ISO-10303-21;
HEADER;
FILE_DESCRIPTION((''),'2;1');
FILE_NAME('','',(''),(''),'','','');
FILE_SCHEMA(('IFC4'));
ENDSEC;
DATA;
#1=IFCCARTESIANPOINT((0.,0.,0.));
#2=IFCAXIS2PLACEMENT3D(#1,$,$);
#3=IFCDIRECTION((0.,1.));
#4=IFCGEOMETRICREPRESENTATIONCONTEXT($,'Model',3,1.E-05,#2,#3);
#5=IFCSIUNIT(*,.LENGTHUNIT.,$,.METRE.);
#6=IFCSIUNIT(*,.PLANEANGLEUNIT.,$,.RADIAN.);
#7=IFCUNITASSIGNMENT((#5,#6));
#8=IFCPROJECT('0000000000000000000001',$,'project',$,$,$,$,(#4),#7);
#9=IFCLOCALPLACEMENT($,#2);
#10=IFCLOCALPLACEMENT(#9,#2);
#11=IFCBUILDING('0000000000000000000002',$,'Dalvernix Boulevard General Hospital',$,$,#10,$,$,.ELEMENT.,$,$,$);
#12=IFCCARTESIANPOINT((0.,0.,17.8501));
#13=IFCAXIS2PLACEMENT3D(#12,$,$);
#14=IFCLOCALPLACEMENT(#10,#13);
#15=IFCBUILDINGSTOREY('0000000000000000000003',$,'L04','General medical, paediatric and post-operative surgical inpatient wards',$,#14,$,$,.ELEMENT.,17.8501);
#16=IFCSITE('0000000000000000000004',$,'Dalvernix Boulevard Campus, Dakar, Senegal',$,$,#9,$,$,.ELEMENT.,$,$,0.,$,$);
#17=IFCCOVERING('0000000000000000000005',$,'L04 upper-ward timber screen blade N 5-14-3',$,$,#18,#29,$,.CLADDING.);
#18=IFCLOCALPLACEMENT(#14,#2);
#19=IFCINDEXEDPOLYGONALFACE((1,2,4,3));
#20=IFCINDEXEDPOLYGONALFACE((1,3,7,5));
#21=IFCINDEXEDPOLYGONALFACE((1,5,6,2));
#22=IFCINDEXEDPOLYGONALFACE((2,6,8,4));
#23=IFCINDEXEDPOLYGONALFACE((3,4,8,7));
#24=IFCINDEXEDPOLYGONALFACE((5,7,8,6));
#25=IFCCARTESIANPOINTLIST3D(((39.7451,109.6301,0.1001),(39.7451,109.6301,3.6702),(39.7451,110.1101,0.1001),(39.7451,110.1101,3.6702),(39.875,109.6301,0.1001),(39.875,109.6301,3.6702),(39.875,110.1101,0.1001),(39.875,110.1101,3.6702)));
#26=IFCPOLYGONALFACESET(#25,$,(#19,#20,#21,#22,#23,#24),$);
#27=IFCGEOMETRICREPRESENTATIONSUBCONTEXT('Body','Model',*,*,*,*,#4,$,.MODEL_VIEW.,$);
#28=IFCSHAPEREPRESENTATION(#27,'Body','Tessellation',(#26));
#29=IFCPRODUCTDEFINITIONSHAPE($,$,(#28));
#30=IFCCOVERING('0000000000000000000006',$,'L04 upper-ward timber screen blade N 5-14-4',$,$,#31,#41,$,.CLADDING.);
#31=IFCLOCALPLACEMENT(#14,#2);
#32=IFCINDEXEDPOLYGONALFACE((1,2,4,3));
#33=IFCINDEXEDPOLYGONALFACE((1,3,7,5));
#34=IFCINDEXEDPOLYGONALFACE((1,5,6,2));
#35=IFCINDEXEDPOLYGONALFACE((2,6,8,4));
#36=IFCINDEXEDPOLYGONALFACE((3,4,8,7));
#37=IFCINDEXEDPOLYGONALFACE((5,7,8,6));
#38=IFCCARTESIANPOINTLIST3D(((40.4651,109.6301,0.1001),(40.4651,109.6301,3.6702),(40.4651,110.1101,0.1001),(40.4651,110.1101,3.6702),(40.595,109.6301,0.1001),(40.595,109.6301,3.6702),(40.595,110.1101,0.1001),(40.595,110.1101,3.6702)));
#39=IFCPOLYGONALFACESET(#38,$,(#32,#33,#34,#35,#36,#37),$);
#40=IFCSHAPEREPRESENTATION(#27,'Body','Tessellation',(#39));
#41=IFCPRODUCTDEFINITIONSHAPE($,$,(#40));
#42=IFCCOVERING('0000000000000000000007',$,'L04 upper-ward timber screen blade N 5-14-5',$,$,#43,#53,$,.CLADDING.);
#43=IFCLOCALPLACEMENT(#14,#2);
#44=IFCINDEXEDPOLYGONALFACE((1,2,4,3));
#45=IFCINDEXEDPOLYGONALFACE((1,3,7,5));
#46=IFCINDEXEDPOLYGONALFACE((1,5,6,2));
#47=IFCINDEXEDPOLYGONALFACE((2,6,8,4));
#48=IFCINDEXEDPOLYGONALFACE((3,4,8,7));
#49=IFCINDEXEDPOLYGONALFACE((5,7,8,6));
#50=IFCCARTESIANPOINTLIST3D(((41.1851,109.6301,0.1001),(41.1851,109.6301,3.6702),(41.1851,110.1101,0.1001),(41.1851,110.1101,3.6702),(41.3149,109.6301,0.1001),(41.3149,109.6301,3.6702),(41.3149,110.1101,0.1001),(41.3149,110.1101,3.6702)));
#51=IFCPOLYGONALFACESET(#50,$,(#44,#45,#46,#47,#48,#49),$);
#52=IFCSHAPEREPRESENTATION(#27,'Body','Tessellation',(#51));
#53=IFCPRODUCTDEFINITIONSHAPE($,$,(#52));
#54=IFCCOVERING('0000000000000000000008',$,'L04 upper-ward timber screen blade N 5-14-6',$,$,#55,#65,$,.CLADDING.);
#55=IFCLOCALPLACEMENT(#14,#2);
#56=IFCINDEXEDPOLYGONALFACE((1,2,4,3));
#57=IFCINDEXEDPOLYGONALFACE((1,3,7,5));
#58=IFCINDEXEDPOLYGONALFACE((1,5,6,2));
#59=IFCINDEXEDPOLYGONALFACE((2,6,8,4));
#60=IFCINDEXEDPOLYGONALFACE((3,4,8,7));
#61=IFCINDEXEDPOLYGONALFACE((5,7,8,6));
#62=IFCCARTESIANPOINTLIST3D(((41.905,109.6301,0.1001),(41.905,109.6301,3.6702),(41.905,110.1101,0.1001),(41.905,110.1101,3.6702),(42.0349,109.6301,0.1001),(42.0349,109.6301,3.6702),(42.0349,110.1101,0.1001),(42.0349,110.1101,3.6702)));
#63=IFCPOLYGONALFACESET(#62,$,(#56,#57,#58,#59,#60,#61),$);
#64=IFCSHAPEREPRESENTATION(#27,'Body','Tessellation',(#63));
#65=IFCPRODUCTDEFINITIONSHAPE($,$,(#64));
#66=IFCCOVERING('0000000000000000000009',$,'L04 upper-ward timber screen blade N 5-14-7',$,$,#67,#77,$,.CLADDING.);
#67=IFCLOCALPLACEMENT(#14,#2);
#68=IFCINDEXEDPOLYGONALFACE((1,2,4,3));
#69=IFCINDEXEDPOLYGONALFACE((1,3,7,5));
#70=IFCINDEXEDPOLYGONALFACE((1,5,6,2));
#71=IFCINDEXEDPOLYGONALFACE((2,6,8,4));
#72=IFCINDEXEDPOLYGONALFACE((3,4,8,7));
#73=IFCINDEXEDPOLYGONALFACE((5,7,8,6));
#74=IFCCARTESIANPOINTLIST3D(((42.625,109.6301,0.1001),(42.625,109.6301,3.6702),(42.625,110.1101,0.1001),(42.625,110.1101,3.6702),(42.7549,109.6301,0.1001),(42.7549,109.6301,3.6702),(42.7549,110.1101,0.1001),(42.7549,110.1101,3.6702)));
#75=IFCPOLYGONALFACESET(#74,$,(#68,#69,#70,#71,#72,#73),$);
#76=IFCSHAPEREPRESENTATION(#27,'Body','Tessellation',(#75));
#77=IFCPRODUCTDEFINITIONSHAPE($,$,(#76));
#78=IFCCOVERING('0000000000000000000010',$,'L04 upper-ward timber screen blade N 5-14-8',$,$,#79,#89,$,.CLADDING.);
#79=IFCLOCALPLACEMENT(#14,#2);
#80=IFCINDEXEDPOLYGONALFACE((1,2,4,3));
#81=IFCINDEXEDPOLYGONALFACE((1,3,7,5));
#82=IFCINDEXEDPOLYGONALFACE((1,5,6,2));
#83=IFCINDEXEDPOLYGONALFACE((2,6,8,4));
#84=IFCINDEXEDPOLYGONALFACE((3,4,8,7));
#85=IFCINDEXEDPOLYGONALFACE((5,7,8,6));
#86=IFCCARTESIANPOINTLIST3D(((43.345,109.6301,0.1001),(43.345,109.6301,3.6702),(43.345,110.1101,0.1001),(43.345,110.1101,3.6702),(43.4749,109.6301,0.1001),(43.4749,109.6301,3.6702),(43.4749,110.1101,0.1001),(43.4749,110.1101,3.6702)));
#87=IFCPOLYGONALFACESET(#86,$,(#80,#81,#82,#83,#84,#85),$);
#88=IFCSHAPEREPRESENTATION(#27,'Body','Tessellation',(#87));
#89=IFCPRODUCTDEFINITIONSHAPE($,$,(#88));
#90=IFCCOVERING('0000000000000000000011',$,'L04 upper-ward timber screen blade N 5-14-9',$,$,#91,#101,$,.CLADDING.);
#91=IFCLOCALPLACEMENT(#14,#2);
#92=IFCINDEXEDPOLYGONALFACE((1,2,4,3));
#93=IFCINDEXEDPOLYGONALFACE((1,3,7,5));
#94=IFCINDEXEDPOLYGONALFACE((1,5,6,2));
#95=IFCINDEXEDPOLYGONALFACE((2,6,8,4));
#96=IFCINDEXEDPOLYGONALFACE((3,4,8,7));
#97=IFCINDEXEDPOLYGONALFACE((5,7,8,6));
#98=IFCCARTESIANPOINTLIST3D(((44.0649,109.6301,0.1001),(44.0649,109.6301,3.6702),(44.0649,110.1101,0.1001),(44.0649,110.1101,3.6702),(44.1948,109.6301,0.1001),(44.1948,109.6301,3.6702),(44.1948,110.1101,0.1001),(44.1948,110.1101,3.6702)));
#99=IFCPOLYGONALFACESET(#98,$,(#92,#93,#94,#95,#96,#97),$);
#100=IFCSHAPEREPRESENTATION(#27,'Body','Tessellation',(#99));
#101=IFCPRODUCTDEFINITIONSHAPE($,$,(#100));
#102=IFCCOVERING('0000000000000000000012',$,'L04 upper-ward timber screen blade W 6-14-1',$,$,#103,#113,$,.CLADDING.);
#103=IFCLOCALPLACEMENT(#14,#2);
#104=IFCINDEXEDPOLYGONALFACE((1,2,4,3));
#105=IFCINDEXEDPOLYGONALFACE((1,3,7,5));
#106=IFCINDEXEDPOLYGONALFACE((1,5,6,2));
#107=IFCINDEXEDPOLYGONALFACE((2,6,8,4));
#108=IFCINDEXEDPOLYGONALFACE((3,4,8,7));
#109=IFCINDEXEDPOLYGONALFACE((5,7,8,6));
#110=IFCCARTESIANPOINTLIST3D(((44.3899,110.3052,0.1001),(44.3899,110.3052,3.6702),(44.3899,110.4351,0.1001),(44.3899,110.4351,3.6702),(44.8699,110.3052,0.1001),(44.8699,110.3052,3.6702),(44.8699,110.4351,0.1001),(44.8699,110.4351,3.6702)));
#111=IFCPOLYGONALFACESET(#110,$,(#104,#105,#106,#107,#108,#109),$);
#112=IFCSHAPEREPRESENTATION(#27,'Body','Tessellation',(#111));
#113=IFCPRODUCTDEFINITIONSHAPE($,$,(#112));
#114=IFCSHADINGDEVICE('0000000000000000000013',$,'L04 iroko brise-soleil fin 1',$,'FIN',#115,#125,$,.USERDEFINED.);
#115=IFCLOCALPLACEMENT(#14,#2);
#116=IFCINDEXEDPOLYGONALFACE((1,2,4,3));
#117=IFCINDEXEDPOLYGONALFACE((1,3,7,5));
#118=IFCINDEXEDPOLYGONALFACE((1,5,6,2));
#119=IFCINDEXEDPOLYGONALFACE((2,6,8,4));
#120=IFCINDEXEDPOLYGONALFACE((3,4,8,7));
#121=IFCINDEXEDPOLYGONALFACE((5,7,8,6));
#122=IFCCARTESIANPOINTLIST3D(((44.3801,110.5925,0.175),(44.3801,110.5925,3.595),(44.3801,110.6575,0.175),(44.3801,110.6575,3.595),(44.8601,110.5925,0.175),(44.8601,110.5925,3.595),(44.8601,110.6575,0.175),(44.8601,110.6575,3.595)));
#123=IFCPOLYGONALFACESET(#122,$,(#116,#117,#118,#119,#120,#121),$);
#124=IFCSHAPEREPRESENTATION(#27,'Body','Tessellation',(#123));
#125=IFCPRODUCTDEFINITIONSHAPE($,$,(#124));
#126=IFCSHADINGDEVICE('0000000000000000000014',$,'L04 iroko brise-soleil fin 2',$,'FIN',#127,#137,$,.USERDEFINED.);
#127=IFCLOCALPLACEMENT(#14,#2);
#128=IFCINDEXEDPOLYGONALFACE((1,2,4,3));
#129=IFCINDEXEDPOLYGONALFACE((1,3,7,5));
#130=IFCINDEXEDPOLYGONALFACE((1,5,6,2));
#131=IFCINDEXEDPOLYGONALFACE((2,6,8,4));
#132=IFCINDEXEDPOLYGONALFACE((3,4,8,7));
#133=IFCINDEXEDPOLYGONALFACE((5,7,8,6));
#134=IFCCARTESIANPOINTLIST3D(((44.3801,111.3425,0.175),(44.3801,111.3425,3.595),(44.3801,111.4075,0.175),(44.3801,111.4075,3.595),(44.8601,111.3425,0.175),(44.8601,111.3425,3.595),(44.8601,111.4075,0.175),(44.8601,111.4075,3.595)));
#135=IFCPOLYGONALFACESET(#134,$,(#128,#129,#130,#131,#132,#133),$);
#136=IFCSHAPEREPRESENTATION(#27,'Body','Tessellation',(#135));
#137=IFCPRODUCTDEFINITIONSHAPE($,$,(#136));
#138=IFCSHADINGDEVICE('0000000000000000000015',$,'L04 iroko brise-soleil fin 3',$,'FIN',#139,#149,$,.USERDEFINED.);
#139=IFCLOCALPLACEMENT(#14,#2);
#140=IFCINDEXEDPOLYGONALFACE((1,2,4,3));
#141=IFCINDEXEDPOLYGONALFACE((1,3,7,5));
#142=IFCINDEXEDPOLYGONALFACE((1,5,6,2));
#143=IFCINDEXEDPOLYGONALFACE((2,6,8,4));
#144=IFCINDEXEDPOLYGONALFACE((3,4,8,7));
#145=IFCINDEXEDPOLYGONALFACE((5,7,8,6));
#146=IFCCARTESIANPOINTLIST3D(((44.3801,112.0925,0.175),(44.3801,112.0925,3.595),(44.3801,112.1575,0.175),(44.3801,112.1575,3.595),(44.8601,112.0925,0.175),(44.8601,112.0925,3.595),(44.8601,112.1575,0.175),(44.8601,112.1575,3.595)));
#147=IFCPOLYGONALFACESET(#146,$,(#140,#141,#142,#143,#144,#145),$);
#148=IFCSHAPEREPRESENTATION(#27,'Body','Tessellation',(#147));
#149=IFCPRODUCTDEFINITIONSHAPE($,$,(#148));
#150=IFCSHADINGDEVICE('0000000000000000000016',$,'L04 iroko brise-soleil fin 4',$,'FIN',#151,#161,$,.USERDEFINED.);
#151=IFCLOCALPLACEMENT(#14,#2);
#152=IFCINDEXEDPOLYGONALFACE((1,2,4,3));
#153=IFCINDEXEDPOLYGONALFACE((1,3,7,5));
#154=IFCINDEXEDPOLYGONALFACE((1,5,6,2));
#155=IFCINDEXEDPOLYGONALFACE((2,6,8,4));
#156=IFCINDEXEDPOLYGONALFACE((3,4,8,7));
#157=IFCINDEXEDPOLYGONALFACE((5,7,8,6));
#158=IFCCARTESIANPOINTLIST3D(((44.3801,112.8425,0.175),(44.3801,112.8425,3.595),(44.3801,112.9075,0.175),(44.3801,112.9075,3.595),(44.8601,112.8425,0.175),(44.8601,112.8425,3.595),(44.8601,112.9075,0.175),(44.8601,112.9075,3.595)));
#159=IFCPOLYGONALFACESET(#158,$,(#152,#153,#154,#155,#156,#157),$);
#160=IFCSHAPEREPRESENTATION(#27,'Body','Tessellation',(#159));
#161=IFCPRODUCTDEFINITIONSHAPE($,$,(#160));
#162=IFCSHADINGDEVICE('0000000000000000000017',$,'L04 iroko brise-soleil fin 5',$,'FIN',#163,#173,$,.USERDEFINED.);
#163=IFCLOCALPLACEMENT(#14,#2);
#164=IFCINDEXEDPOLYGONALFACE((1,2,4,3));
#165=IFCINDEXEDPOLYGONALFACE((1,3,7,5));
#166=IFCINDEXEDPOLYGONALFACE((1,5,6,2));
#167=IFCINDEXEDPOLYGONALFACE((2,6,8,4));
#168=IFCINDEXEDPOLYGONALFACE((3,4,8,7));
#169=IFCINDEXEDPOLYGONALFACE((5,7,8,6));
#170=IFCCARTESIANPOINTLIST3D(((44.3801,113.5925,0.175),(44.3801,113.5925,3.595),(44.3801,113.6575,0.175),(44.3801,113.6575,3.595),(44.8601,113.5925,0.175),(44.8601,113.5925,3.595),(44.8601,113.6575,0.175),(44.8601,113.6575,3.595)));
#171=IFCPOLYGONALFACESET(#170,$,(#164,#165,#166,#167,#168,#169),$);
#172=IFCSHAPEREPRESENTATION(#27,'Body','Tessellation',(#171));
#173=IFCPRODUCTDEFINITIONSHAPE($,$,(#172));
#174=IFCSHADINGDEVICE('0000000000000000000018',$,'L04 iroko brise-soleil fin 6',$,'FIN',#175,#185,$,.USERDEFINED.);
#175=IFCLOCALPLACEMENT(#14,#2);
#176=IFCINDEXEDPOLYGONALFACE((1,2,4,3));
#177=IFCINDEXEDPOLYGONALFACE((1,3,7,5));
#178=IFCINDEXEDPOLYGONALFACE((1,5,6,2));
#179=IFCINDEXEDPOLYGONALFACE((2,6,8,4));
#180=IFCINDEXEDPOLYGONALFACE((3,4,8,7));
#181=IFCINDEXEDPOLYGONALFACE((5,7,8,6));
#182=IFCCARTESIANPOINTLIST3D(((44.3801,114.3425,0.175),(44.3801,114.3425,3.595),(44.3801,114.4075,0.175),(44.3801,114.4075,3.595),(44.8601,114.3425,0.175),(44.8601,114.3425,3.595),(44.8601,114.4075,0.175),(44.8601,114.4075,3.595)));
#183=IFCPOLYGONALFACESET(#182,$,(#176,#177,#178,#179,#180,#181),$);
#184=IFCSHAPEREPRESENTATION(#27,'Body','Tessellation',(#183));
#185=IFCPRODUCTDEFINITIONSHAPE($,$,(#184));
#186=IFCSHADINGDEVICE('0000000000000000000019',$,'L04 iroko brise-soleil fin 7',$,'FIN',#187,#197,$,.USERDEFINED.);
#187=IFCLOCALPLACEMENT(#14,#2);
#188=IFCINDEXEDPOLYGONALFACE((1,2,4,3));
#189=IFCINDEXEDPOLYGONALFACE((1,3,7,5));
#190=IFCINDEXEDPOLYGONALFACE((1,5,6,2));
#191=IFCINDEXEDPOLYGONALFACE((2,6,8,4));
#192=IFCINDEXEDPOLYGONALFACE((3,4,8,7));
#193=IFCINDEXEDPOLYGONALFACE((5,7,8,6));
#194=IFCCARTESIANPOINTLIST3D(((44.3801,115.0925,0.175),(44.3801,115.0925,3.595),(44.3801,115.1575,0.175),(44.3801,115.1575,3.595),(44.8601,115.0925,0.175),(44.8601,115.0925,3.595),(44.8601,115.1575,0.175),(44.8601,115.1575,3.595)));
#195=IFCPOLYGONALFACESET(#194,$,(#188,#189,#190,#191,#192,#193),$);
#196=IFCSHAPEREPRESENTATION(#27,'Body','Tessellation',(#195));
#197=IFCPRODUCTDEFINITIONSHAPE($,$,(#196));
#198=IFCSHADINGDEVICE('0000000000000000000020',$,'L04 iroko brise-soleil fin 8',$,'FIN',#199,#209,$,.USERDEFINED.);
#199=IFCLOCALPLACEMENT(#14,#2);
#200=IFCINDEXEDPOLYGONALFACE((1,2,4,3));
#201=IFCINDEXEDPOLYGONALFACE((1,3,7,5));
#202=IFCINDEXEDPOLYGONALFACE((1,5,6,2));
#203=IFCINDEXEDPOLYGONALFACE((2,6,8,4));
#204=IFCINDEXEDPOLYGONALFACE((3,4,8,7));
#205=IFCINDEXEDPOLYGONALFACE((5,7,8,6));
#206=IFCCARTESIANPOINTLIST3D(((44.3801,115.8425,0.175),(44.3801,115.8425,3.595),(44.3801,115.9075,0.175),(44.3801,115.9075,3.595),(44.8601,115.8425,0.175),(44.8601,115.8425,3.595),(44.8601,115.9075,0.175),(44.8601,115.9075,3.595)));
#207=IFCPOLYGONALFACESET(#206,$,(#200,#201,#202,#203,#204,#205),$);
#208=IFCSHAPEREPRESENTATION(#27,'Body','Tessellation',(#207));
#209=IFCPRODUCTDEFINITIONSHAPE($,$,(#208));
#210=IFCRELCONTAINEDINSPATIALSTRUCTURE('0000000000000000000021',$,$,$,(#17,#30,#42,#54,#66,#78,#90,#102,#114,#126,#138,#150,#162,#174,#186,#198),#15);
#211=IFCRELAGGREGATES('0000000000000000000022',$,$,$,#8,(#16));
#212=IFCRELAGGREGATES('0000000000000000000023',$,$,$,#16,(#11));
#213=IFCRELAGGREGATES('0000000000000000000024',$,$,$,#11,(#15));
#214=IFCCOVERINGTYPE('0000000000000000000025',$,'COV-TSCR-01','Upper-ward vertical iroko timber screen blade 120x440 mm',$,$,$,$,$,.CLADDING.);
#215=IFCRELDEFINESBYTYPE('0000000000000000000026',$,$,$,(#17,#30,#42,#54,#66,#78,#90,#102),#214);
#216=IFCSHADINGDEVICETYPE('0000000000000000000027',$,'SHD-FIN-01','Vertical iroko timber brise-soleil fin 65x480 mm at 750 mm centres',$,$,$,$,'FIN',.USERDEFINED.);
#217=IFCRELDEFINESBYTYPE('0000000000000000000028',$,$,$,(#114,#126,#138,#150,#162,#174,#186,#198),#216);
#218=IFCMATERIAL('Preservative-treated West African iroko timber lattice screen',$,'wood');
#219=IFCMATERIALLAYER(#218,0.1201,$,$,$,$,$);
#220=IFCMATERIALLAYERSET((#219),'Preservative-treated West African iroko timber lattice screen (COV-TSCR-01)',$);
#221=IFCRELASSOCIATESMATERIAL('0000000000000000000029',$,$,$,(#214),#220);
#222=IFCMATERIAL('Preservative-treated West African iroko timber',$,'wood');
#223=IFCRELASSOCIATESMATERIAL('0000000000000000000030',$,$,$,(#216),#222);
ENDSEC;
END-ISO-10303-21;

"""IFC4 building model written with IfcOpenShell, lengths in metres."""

from ifc_helpers import new_model, si_unit, direction, frame, origin, origin_2d, place, context, subcontext, project, spatial, rectangle, extrude, material, layer, layer_set, type_object, element, save


model = new_model("IFC4")

# Units and contexts
model_context = context("Model", 3, precision=1e-05, world=origin(), true_north=direction((0.0, 1.0)))
body_context = subcontext(model_context, "Body", "Model", "MODEL_VIEW")
ifc_project = project(units=[si_unit("LENGTHUNIT", "METRE"), si_unit("PLANEANGLEUNIT", "RADIAN")], contexts=[model_context])

# Site, building, storey
site_placement = place(None, origin())
site = spatial("IfcSite", under=ifc_project, at=site_placement, Name="Dalvernix Boulevard Campus, Dakar, Senegal", CompositionType="ELEMENT", RefElevation=0.0)
building_placement = place(site_placement, origin())
building = spatial("IfcBuilding", under=site, at=building_placement, Name="Dalvernix Boulevard General Hospital", CompositionType="ELEMENT")
storey_placement = place(building_placement, frame((0.0, 0.0, 17.8501)))
storey = spatial("IfcBuildingStorey", under=building, at=storey_placement, Name="L04", Description="General medical, paediatric and post-operative surgical inpatient wards", CompositionType="ELEMENT", Elevation=17.8501)

# Coverings
ifc_material_1 = material(Name="Preservative-treated West African iroko timber lattice screen", Category="wood")
ifc_layer_1 = layer(ifc_material_1, 0.1201)
ifc_layer_set_1 = layer_set([ifc_layer_1], Name="Preservative-treated West African iroko timber lattice screen (COV-TSCR-01)")
covering_type_1 = type_object("IfcCoveringType", Name="COV-TSCR-01", Description="Upper-ward vertical iroko timber screen blade 120x440 mm", PredefinedType="CLADDING", material=ifc_layer_set_1)
for number, where, z_axis, x_axis, name in (
    (1, (39.8101, 109.8701, 0.1001), (0.0, 0.0, 1.0), (1.0, 0.0, 0.0), "L04 upper-ward timber screen blade N 5-14-3"),
    (2, (40.53, 109.8701, 0.1001), (0.0, 0.0, 1.0), (1.0, 0.0, 0.0), "L04 upper-ward timber screen blade N 5-14-4"),
    (3, (41.25, 109.8701, 0.1001), (0.0, 0.0, 1.0), (1.0, 0.0, 0.0), "L04 upper-ward timber screen blade N 5-14-5"),
    (4, (41.97, 109.8701, 0.1001), (0.0, 0.0, 1.0), (1.0, 0.0, 0.0), "L04 upper-ward timber screen blade N 5-14-6"),
    (5, (42.6899, 109.8701, 0.1001), (0.0, 0.0, 1.0), (1.0, 0.0, 0.0), "L04 upper-ward timber screen blade N 5-14-7"),
    (6, (43.4099, 109.8701, 0.1001), (0.0, 0.0, 1.0), (1.0, 0.0, 0.0), "L04 upper-ward timber screen blade N 5-14-8"),
    (7, (44.1299, 109.8701, 0.1001), (0.0, 0.0, 1.0), (1.0, 0.0, 0.0), "L04 upper-ward timber screen blade N 5-14-9"),
    (8, (44.6299, 110.3701, 0.1001), (0.0, 0.0, 1.0), (0.0, 1.0, 0.0), "L04 upper-ward timber screen blade W 6-14-1"),
):
    element("IfcCovering", number, at=place(storey_placement, frame(where, z_axis=z_axis, x_axis=x_axis)), inside=storey, type_object=covering_type_1, Name=name, PredefinedType="CLADDING", context=body_context, shape_type="SweptSolid", body=[
        extrude(rectangle(XDim=0.1299, YDim=0.48, at=origin_2d()), origin(), (0.0, 0.0, 1.0), 3.5701),
    ])

# Shading devices
ifc_material_2 = material(Name="Preservative-treated West African iroko timber", Category="wood")
shading_device_type = type_object("IfcShadingDeviceType", Name="SHD-FIN-01", Description="Vertical iroko timber brise-soleil fin 65x480 mm at 750 mm centres", ElementType="FIN", PredefinedType="USERDEFINED", material=ifc_material_2)
for number, where, z_axis, x_axis, name in (
    (9, (44.6201, 110.625, 0.175), (0.0, 0.0, 1.0), (0.0, 1.0, 0.0), "L04 iroko brise-soleil fin 1"),
    (10, (44.6201, 111.375, 0.175), (0.0, 0.0, 1.0), (0.0, 1.0, 0.0), "L04 iroko brise-soleil fin 2"),
    (11, (44.6201, 112.125, 0.175), (0.0, 0.0, 1.0), (0.0, 1.0, 0.0), "L04 iroko brise-soleil fin 3"),
    (12, (44.6201, 112.875, 0.175), (0.0, 0.0, 1.0), (0.0, 1.0, 0.0), "L04 iroko brise-soleil fin 4"),
    (13, (44.6201, 113.625, 0.175), (0.0, 0.0, 1.0), (0.0, 1.0, 0.0), "L04 iroko brise-soleil fin 5"),
    (14, (44.6201, 114.375, 0.175), (0.0, 0.0, 1.0), (0.0, 1.0, 0.0), "L04 iroko brise-soleil fin 6"),
    (15, (44.6201, 115.125, 0.175), (0.0, 0.0, 1.0), (0.0, 1.0, 0.0), "L04 iroko brise-soleil fin 7"),
    (16, (44.6201, 115.875, 0.175), (0.0, 0.0, 1.0), (0.0, 1.0, 0.0), "L04 iroko brise-soleil fin 8"),
):
    element("IfcShadingDevice", number, at=place(storey_placement, frame(where, z_axis=z_axis, x_axis=x_axis)), inside=storey, type_object=shading_device_type, Name=name, ObjectType="FIN", PredefinedType="USERDEFINED", context=body_context, shape_type="SweptSolid", body=[
        extrude(rectangle(XDim=0.0649, YDim=0.48, at=origin_2d()), origin(), (0.0, 0.0, 1.0), 3.4199),
    ])

save(model, "model.ifc")
